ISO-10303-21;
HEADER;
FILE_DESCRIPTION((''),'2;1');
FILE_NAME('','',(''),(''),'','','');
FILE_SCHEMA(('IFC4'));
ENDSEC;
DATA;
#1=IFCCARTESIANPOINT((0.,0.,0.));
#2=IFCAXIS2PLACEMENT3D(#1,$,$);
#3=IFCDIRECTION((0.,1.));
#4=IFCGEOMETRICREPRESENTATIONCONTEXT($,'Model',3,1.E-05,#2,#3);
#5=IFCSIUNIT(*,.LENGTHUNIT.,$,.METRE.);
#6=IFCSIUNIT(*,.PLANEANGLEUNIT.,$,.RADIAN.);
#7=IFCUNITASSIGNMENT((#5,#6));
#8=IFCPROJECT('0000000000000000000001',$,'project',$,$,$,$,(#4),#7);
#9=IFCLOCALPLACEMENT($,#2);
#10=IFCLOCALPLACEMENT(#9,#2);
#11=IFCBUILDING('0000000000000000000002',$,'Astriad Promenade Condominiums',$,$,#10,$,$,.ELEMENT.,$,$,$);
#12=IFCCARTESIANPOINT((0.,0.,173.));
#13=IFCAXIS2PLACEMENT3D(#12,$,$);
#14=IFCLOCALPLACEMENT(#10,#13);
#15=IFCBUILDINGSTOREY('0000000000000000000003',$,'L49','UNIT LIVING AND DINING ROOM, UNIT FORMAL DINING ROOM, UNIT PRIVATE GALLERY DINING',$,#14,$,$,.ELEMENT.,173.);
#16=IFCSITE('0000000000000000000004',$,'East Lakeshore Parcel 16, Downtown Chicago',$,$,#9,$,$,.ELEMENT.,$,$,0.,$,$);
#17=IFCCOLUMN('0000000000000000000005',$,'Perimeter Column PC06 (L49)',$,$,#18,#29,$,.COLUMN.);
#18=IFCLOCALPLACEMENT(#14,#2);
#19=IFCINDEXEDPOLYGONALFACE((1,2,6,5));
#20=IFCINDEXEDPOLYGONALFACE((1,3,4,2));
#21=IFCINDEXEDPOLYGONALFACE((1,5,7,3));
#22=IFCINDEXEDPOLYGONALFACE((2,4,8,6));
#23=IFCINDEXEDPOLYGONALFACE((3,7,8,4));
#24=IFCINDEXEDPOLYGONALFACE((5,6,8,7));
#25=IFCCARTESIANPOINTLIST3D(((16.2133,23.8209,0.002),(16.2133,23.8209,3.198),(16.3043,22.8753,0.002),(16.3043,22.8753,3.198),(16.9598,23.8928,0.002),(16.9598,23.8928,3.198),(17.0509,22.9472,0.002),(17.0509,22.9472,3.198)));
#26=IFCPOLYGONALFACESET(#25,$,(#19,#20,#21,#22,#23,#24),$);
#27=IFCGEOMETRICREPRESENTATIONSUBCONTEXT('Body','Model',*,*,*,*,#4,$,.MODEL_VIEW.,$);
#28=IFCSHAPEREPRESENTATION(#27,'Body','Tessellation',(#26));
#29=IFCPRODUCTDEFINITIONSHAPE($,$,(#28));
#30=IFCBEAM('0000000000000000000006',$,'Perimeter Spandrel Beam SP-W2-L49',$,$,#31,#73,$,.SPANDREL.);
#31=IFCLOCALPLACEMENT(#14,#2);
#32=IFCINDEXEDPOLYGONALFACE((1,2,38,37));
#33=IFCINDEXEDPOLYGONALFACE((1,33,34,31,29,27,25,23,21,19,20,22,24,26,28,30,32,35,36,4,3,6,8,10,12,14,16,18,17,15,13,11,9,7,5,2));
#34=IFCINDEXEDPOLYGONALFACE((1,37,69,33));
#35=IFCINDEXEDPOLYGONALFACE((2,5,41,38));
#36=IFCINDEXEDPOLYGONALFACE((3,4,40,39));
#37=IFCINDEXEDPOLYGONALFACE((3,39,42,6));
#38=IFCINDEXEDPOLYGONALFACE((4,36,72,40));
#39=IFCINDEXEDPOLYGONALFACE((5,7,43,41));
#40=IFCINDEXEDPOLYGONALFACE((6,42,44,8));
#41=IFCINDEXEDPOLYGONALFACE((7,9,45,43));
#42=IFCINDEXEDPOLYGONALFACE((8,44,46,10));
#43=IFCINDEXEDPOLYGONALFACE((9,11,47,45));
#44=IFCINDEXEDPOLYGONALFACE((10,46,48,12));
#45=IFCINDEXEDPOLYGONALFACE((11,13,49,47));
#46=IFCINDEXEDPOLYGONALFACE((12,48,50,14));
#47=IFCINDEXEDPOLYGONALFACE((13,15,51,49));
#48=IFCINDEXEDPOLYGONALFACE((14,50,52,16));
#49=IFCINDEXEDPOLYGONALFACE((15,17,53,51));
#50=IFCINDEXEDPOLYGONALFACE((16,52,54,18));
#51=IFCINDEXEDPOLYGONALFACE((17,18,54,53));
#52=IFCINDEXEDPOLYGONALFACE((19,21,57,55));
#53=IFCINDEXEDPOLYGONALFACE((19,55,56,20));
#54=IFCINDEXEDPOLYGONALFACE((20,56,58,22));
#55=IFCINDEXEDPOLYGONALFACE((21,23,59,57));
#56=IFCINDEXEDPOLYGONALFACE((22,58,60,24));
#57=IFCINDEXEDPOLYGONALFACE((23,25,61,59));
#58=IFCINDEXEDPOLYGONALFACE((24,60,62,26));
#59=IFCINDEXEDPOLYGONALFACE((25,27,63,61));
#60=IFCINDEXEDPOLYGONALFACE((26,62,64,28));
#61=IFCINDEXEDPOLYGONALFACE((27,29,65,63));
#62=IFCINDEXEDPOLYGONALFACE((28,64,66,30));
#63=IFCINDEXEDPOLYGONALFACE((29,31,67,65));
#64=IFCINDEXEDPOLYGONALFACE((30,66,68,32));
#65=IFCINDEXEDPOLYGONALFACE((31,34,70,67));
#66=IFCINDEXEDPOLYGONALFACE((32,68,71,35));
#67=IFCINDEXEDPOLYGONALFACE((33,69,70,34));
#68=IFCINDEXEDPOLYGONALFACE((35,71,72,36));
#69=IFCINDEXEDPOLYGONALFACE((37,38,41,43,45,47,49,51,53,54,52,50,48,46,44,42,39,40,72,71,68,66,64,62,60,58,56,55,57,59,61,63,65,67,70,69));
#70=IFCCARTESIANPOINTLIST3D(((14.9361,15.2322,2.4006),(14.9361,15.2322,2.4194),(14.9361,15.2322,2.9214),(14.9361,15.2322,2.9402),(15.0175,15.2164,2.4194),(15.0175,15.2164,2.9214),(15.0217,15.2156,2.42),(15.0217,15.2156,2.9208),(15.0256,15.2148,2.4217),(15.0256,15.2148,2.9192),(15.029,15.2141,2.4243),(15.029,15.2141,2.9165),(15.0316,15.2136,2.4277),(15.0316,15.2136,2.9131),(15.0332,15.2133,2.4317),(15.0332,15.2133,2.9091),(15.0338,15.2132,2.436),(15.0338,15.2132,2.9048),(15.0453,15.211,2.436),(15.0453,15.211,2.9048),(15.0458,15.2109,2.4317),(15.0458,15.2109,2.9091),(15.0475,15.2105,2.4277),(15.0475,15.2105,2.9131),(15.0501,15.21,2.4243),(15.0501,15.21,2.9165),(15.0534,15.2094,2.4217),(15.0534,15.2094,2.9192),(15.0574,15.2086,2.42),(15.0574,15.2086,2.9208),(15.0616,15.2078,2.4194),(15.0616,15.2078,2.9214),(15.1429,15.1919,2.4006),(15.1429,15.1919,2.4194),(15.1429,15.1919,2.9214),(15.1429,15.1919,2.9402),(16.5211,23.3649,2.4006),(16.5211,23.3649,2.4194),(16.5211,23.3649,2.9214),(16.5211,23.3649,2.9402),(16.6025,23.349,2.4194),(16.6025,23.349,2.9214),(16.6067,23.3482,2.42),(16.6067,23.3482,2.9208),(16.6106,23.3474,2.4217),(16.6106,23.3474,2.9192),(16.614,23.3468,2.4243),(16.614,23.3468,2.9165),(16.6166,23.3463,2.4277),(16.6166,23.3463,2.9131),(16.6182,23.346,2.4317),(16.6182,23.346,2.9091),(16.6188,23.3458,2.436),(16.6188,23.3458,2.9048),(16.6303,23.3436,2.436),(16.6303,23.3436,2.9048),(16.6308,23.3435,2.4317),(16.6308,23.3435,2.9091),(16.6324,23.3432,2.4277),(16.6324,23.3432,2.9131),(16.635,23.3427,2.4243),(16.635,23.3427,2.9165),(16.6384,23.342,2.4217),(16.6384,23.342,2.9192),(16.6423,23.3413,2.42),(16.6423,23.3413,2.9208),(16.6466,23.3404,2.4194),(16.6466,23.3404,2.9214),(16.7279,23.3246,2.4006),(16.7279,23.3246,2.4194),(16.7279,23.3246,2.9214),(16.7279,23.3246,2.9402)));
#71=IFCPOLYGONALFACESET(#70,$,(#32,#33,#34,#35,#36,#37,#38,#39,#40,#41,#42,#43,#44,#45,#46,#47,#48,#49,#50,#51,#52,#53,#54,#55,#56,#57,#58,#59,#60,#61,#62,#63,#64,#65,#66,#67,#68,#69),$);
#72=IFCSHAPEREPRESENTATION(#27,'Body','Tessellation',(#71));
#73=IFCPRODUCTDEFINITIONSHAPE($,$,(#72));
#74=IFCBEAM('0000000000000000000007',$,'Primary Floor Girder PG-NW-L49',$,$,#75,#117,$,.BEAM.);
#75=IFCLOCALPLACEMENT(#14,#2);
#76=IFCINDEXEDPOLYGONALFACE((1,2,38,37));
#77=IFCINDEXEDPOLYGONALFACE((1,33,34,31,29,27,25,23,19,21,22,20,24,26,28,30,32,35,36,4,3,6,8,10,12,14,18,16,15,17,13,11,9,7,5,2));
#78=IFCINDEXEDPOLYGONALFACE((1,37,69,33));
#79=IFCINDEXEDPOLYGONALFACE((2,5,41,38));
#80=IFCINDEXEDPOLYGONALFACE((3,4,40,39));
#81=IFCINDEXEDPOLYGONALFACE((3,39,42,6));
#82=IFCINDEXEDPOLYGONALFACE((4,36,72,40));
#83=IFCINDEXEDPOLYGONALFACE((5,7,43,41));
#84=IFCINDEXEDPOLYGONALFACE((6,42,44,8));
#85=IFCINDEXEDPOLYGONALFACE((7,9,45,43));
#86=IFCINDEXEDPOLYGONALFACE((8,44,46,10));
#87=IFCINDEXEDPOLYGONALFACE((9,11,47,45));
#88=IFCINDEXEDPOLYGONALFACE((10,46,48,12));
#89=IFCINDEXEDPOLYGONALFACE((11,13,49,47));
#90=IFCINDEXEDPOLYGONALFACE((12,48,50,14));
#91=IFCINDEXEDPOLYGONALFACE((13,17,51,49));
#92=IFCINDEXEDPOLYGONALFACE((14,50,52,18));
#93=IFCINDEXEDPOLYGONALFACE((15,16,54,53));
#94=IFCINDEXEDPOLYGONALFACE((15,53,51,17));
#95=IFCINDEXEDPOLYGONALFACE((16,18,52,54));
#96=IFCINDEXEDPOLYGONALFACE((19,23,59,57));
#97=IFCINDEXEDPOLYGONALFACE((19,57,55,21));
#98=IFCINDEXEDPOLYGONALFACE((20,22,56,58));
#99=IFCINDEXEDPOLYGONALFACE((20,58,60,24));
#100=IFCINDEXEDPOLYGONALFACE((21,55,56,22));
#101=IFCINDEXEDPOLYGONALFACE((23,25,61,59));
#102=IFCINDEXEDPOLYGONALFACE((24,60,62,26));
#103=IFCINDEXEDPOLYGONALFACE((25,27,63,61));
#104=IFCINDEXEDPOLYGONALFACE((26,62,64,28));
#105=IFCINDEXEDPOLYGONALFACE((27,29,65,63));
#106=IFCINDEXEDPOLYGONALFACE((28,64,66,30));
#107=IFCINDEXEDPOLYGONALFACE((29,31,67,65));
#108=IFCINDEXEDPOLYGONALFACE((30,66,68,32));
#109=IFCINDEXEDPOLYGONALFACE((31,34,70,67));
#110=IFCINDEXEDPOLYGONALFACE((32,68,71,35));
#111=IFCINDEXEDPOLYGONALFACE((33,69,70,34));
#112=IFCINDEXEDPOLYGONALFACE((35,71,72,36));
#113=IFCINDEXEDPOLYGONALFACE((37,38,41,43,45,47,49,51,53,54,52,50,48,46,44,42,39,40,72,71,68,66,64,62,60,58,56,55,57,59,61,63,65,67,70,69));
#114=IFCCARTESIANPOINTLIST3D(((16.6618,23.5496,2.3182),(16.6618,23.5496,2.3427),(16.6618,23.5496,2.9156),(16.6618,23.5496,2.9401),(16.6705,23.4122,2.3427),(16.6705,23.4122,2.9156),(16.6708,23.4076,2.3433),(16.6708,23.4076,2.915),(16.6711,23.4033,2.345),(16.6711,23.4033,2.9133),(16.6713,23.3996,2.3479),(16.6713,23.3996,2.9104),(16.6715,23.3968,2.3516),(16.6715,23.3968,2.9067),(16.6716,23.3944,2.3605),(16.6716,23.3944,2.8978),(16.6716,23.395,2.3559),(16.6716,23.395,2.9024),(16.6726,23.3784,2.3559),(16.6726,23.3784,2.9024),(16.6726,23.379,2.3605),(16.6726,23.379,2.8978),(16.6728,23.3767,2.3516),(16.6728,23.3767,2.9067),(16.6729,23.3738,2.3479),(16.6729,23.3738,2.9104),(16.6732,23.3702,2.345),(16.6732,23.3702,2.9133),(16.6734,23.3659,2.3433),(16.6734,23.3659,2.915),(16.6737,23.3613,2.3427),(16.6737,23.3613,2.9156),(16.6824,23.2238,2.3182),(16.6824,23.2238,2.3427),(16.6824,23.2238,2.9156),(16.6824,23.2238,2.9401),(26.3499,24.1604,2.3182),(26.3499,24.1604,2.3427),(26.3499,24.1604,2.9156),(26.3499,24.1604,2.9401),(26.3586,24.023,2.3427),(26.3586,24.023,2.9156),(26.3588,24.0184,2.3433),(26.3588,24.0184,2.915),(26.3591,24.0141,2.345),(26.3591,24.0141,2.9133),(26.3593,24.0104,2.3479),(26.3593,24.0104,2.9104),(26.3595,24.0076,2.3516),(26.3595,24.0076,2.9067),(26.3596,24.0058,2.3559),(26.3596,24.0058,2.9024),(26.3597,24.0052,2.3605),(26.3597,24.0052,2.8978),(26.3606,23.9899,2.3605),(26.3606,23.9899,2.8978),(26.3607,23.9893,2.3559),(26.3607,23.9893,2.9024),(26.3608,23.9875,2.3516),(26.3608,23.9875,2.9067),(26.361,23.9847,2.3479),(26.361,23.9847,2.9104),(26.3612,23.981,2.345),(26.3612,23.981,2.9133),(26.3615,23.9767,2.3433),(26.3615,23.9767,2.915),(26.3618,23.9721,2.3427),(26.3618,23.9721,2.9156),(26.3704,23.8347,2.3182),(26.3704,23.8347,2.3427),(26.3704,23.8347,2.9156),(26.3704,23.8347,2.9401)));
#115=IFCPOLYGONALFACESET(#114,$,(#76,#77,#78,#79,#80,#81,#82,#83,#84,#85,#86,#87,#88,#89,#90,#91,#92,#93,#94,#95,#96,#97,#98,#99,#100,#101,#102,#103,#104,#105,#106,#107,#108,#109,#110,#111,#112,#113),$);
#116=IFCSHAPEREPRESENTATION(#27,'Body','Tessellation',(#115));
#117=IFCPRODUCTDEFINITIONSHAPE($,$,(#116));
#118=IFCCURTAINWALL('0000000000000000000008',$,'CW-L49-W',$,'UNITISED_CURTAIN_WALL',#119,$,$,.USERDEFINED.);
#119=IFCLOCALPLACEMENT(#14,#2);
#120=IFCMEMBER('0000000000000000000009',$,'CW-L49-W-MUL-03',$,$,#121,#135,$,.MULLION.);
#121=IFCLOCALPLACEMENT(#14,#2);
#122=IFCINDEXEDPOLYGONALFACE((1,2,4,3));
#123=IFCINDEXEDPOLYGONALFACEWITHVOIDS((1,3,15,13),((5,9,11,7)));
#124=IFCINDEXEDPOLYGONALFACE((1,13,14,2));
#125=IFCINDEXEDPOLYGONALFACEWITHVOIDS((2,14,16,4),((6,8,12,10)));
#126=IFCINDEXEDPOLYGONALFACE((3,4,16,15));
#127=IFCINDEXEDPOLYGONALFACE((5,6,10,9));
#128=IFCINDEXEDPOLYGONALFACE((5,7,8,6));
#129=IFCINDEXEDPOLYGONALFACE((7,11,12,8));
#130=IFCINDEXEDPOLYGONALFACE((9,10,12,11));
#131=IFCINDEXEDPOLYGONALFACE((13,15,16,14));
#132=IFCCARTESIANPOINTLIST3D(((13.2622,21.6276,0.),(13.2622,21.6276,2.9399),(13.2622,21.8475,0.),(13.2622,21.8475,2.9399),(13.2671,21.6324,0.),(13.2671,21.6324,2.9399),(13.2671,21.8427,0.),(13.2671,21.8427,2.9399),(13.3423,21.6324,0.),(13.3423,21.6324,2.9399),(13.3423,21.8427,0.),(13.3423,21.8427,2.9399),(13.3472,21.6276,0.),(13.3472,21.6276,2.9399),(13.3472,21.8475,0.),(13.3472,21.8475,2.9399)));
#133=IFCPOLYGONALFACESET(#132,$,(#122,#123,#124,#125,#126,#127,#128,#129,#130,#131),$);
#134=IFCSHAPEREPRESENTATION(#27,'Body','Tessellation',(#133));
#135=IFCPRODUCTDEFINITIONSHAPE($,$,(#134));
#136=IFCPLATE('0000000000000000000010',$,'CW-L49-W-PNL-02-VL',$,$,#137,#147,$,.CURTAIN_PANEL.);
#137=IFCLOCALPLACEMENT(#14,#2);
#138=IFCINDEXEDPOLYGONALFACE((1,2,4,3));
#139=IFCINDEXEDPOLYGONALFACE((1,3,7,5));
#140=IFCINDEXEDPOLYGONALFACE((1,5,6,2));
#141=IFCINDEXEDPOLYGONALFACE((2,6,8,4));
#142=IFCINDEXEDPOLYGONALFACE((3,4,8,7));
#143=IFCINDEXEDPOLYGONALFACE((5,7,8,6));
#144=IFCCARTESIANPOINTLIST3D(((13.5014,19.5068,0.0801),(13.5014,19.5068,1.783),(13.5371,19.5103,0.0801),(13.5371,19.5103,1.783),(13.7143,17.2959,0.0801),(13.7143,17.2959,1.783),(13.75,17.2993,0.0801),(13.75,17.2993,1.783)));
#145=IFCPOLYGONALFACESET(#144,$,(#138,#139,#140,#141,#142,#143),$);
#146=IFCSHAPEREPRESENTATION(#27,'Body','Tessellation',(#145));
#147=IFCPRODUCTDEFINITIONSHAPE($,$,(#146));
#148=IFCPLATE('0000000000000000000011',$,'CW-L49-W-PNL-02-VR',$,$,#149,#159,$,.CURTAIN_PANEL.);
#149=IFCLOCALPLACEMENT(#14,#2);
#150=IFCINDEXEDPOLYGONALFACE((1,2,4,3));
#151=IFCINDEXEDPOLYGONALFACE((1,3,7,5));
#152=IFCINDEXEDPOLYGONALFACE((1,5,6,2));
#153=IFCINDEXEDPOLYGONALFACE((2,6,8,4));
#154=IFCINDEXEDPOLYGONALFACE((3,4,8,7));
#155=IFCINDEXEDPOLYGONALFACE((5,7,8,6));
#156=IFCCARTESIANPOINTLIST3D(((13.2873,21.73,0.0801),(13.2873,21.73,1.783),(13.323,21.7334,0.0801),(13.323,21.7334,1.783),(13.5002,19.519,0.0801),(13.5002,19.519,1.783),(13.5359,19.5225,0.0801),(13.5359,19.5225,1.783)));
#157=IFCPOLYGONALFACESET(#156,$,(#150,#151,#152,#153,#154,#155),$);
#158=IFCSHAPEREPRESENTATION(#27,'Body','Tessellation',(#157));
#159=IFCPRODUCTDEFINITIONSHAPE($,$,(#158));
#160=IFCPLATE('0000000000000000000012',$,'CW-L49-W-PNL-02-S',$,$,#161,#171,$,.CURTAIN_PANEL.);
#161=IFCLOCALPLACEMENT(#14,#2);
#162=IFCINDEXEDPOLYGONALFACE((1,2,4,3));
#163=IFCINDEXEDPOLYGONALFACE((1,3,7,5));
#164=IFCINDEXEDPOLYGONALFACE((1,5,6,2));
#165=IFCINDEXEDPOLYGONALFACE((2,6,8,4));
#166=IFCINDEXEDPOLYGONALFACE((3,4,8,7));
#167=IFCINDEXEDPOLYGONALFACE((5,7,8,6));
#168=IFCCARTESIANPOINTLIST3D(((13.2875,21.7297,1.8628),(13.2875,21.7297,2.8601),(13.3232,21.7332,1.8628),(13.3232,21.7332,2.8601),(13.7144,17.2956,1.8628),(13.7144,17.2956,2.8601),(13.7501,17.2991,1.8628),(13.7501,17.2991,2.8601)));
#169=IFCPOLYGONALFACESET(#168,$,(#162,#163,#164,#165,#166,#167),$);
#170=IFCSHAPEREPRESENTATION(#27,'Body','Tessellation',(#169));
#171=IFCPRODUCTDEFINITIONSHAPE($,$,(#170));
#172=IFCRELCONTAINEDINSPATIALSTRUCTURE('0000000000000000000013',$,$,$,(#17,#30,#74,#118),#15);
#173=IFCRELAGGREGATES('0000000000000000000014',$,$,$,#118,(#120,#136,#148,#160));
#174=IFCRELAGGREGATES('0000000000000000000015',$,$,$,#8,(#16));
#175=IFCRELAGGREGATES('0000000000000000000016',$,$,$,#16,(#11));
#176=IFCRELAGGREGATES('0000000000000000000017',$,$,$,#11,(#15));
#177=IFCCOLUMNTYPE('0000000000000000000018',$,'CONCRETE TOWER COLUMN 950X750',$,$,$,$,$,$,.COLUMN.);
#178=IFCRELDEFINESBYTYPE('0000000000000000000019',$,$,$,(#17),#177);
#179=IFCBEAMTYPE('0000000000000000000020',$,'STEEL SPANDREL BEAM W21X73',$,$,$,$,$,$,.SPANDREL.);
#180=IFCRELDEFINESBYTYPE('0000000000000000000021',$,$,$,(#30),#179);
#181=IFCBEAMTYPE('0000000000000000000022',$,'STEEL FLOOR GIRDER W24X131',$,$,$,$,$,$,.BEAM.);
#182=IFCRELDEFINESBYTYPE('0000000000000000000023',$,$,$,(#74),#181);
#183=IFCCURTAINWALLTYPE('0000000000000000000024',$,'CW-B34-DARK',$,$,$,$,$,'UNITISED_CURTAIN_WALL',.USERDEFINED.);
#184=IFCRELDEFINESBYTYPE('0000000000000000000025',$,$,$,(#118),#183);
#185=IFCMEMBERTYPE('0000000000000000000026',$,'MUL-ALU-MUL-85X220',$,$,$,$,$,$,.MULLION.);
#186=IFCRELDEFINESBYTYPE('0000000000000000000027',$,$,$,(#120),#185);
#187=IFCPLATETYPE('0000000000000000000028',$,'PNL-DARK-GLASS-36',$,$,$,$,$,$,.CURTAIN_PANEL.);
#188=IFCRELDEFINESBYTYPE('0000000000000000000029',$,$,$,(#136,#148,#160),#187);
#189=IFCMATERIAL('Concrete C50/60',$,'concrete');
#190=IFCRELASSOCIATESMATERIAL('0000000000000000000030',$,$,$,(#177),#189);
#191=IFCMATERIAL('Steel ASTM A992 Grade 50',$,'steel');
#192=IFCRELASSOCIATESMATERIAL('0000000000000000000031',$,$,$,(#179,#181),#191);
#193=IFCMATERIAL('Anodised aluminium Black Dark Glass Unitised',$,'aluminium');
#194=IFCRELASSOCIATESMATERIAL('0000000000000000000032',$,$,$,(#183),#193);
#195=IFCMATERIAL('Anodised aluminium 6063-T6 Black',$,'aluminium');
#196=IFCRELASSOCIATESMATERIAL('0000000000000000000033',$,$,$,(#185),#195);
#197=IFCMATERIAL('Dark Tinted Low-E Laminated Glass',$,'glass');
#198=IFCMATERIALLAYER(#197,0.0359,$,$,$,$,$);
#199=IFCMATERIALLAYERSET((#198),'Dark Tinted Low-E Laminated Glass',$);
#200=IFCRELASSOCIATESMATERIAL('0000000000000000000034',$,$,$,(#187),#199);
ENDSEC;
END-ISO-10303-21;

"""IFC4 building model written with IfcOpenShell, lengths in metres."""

from ifc_helpers import new_model, si_unit, direction, frame, origin, origin_2d, place, context, subcontext, project, spatial, rectangle, hollow_rectangle, i_section, extrude, source, transform, mapped, material, layer, layer_set, material_profile, profile_set, type_object, type_shapes, element, aggregate, save


model = new_model("IFC4")

# Units and contexts
model_context = context("Model", 3, precision=1e-05, world=origin(), true_north=direction((0.0, 1.0)))
body_context = subcontext(model_context, "Body", "Model", "MODEL_VIEW")
ifc_project = project(units=[si_unit("LENGTHUNIT", "METRE"), si_unit("PLANEANGLEUNIT", "RADIAN")], contexts=[model_context])

# Site, building, storey
site_placement = place(None, origin())
site = spatial("IfcSite", under=ifc_project, at=site_placement, Name="East Lakeshore Parcel 16, Downtown Chicago", CompositionType="ELEMENT", RefElevation=0.0)
building_placement = place(site_placement, origin())
building = spatial("IfcBuilding", under=site, at=building_placement, Name="Astriad Promenade Condominiums", CompositionType="ELEMENT")
storey_placement = place(building_placement, frame((0.0, 0.0, 173.0)))
storey = spatial("IfcBuildingStorey", under=building, at=storey_placement, Name="L49", Description="UNIT LIVING AND DINING ROOM, UNIT FORMAL DINING ROOM, UNIT PRIVATE GALLERY DINING", CompositionType="ELEMENT", Elevation=173.0)

# Column
ifc_material_1 = material(Name="Concrete C50/60", Category="concrete")
ifc_material_profile_1 = material_profile(ifc_material_1, rectangle(XDim=0.75, YDim=0.95, at=origin_2d()), Name="RC-COL-950X750")
ifc_profile_set_1 = profile_set([ifc_material_profile_1], Name="Concrete C50/60")
column_type = type_object("IfcColumnType", Name="CONCRETE TOWER COLUMN 950X750", PredefinedType="COLUMN", material=ifc_profile_set_1)
shared_shape_1 = source(origin(), body_context, "Body", "SweptSolid", [
    extrude(rectangle(XDim=0.75, YDim=0.95, at=origin_2d()), origin(), (0.0, 0.0, 1.0), 3.196),
])
type_shapes(column_type, [shared_shape_1])
column_placement = place(storey_placement, frame((16.6321, 23.384, 0.002), z_axis=(0.0, 0.0, 1.0), x_axis=(0.995396, 0.095846, 0.0)))
element("IfcColumn", 1, at=column_placement, inside=storey, type_object=column_type, Name="Perimeter Column PC06 (L49)", PredefinedType="COLUMN", context=body_context, shape_type="MappedRepresentation", body=[
    mapped(shared_shape_1, transform((0.0, 0.0, 0.0), scale=1.0)),
])

# Beams
ifc_material_2 = material(Name="Steel ASTM A992 Grade 50", Category="steel")
ifc_material_profile_2 = material_profile(ifc_material_2, i_section(OverallWidth=0.2107, OverallDepth=0.5396, WebThickness=0.0117, FlangeThickness=0.0188, FilletRadius=0.0166, at=origin_2d()), Name="W21X73")
ifc_profile_set_2 = profile_set([ifc_material_profile_2], Name="Steel ASTM A992 Grade 50")
beam_type_1 = type_object("IfcBeamType", Name="STEEL SPANDREL BEAM W21X73", PredefinedType="SPANDREL", material=ifc_profile_set_2)
shared_shape_2 = source(origin(), body_context, "Body", "SweptSolid", [
    extrude(i_section(OverallWidth=0.2107, OverallDepth=0.5396, WebThickness=0.0117, FlangeThickness=0.0188, FilletRadius=0.0166, at=origin_2d()), origin(), (0.0, 0.0, 1.0), 8.2856),
])
type_shapes(beam_type_1, [shared_shape_2])
beam_1_placement = place(storey_placement, frame((16.6245, 23.3447, 2.6704), z_axis=(-0.191292, -0.981533, 0.0), x_axis=(0.981533, -0.191292, 0.0)))
element("IfcBeam", 2, at=beam_1_placement, inside=storey, type_object=beam_type_1, Name="Perimeter Spandrel Beam SP-W2-L49", PredefinedType="SPANDREL", context=body_context, shape_type="MappedRepresentation", body=[
    mapped(shared_shape_2, transform((0.0, 0.0, 0.0), scale=1.0)),
])
ifc_material_profile_3 = material_profile(ifc_material_2, i_section(OverallWidth=0.3264, OverallDepth=0.6218, WebThickness=0.0154, FlangeThickness=0.0244, FilletRadius=0.0178, at=origin_2d()), Name="W24X131")
ifc_profile_set_3 = profile_set([ifc_material_profile_3], Name="Steel ASTM A992 Grade 50")
beam_type_2 = type_object("IfcBeamType", Name="STEEL FLOOR GIRDER W24X131", PredefinedType="BEAM", material=ifc_profile_set_3)
shared_shape_3 = source(origin(), body_context, "Body", "SweptSolid", [
    extrude(i_section(OverallWidth=0.3264, OverallDepth=0.6218, WebThickness=0.0154, FlangeThickness=0.0244, FilletRadius=0.0178, at=origin_2d()), origin(), (0.0, 0.0, 1.0), 9.7073),
])
type_shapes(beam_type_2, [shared_shape_3])
beam_2_placement = place(storey_placement, frame((16.6721, 23.3867, 2.6292), z_axis=(0.998018, 0.062926, 0.0), x_axis=(-0.062926, 0.998018, 0.0)))
element("IfcBeam", 3, at=beam_2_placement, inside=storey, type_object=beam_type_2, Name="Primary Floor Girder PG-NW-L49", PredefinedType="BEAM", context=body_context, shape_type="MappedRepresentation", body=[
    mapped(shared_shape_3, transform((0.0, 0.0, 0.0), scale=1.0)),
])

# Curtain wall, member, plates
ifc_material_3 = material(Name="Anodised aluminium Black Dark Glass Unitised", Category="aluminium")
curtain_wall_type = type_object("IfcCurtainWallType", Name="CW-B34-DARK", ElementType="UNITISED_CURTAIN_WALL", PredefinedType="USERDEFINED", material=ifc_material_3)
curtain_wall_placement = place(storey_placement, origin())
curtain_wall = element("IfcCurtainWall", 4, at=curtain_wall_placement, inside=storey, type_object=curtain_wall_type, Name="CW-L49-W", ObjectType="UNITISED_CURTAIN_WALL", PredefinedType="USERDEFINED")
ifc_material_4 = material(Name="Anodised aluminium 6063-T6 Black", Category="aluminium")
ifc_material_profile_4 = material_profile(ifc_material_4, hollow_rectangle(XDim=0.085, YDim=0.22, WallThickness=0.0049, at=origin_2d()), Name="ALU-MUL-85X220")
ifc_profile_set_4 = profile_set([ifc_material_profile_4], Name="Anodised aluminium 6063-T6 Black")
member_type = type_object("IfcMemberType", Name="MUL-ALU-MUL-85X220", PredefinedType="MULLION", material=ifc_profile_set_4)
shared_shape_4 = source(origin(), body_context, "Body", "SweptSolid", [
    extrude(hollow_rectangle(XDim=0.085, YDim=0.22, WallThickness=0.0049, at=origin_2d()), origin(), (0.0, 0.0, 1.0), 2.9399),
])
type_shapes(member_type, [shared_shape_4])
member_placement = place(storey_placement, frame((13.3047, 21.7375, 0.0), z_axis=(0.0, 0.0, 1.0), x_axis=(1.0, 0.0, 0.0)))
member = element("IfcMember", 5, at=member_placement, type_object=member_type, Name="CW-L49-W-MUL-03", PredefinedType="MULLION", context=body_context, shape_type="MappedRepresentation", body=[
    mapped(shared_shape_4, transform((0.0, 0.0, 0.0), scale=1.0)),
])
ifc_material_5 = material(Name="Dark Tinted Low-E Laminated Glass", Category="glass")
ifc_layer_1 = layer(ifc_material_5, 0.0359)
ifc_layer_set_1 = layer_set([ifc_layer_1], Name="Dark Tinted Low-E Laminated Glass")
plate_type = type_object("IfcPlateType", Name="PNL-DARK-GLASS-36", PredefinedType="CURTAIN_PANEL", material=ifc_layer_set_1)
shared_shape_5 = source(origin(), body_context, "Body", "SweptSolid", [
    extrude(rectangle(XDim=2.2212, YDim=0.0359, at=origin_2d()), origin(), (0.0, 0.0, 1.0), 1.7029),
])
plate_1_placement = place(storey_placement, frame((13.6257, 18.4031, 0.0801), z_axis=(0.0, 0.0, 1.0), x_axis=(-0.095846, 0.995396, 0.0)))
plate_1 = element("IfcPlate", 6, at=plate_1_placement, type_object=plate_type, Name="CW-L49-W-PNL-02-VL", PredefinedType="CURTAIN_PANEL", context=body_context, shape_type="MappedRepresentation", body=[
    mapped(shared_shape_5, transform((0.0, 0.0, 0.0), scale=1.0)),
])
plate_2_placement = place(storey_placement, frame((13.4116, 20.6262, 0.0801), z_axis=(0.0, 0.0, 1.0), x_axis=(-0.095846, 0.995396, 0.0)))
plate_2 = element("IfcPlate", 7, at=plate_2_placement, type_object=plate_type, Name="CW-L49-W-PNL-02-VR", PredefinedType="CURTAIN_PANEL", context=body_context, shape_type="MappedRepresentation", body=[
    mapped(shared_shape_5, transform((0.0, 0.0, 0.0), scale=1.0)),
])
shared_shape_6 = source(origin(), body_context, "Body", "SweptSolid", [
    extrude(rectangle(XDim=4.4546, YDim=0.0359, at=origin_2d()), origin(), (0.0, 0.0, 1.0), 0.9973),
])
type_shapes(plate_type, [shared_shape_5, shared_shape_6])
plate_3_placement = place(storey_placement, frame((13.5188, 19.5144, 1.8628), z_axis=(0.0, 0.0, 1.0), x_axis=(-0.095846, 0.995396, 0.0)))
plate_3 = element("IfcPlate", 8, at=plate_3_placement, type_object=plate_type, Name="CW-L49-W-PNL-02-S", PredefinedType="CURTAIN_PANEL", context=body_context, shape_type="MappedRepresentation", body=[
    mapped(shared_shape_6, transform((0.0, 0.0, 0.0), scale=1.0)),
])
aggregate(curtain_wall, [member, plate_1, plate_2, plate_3])

save(model, "model.ifc")
